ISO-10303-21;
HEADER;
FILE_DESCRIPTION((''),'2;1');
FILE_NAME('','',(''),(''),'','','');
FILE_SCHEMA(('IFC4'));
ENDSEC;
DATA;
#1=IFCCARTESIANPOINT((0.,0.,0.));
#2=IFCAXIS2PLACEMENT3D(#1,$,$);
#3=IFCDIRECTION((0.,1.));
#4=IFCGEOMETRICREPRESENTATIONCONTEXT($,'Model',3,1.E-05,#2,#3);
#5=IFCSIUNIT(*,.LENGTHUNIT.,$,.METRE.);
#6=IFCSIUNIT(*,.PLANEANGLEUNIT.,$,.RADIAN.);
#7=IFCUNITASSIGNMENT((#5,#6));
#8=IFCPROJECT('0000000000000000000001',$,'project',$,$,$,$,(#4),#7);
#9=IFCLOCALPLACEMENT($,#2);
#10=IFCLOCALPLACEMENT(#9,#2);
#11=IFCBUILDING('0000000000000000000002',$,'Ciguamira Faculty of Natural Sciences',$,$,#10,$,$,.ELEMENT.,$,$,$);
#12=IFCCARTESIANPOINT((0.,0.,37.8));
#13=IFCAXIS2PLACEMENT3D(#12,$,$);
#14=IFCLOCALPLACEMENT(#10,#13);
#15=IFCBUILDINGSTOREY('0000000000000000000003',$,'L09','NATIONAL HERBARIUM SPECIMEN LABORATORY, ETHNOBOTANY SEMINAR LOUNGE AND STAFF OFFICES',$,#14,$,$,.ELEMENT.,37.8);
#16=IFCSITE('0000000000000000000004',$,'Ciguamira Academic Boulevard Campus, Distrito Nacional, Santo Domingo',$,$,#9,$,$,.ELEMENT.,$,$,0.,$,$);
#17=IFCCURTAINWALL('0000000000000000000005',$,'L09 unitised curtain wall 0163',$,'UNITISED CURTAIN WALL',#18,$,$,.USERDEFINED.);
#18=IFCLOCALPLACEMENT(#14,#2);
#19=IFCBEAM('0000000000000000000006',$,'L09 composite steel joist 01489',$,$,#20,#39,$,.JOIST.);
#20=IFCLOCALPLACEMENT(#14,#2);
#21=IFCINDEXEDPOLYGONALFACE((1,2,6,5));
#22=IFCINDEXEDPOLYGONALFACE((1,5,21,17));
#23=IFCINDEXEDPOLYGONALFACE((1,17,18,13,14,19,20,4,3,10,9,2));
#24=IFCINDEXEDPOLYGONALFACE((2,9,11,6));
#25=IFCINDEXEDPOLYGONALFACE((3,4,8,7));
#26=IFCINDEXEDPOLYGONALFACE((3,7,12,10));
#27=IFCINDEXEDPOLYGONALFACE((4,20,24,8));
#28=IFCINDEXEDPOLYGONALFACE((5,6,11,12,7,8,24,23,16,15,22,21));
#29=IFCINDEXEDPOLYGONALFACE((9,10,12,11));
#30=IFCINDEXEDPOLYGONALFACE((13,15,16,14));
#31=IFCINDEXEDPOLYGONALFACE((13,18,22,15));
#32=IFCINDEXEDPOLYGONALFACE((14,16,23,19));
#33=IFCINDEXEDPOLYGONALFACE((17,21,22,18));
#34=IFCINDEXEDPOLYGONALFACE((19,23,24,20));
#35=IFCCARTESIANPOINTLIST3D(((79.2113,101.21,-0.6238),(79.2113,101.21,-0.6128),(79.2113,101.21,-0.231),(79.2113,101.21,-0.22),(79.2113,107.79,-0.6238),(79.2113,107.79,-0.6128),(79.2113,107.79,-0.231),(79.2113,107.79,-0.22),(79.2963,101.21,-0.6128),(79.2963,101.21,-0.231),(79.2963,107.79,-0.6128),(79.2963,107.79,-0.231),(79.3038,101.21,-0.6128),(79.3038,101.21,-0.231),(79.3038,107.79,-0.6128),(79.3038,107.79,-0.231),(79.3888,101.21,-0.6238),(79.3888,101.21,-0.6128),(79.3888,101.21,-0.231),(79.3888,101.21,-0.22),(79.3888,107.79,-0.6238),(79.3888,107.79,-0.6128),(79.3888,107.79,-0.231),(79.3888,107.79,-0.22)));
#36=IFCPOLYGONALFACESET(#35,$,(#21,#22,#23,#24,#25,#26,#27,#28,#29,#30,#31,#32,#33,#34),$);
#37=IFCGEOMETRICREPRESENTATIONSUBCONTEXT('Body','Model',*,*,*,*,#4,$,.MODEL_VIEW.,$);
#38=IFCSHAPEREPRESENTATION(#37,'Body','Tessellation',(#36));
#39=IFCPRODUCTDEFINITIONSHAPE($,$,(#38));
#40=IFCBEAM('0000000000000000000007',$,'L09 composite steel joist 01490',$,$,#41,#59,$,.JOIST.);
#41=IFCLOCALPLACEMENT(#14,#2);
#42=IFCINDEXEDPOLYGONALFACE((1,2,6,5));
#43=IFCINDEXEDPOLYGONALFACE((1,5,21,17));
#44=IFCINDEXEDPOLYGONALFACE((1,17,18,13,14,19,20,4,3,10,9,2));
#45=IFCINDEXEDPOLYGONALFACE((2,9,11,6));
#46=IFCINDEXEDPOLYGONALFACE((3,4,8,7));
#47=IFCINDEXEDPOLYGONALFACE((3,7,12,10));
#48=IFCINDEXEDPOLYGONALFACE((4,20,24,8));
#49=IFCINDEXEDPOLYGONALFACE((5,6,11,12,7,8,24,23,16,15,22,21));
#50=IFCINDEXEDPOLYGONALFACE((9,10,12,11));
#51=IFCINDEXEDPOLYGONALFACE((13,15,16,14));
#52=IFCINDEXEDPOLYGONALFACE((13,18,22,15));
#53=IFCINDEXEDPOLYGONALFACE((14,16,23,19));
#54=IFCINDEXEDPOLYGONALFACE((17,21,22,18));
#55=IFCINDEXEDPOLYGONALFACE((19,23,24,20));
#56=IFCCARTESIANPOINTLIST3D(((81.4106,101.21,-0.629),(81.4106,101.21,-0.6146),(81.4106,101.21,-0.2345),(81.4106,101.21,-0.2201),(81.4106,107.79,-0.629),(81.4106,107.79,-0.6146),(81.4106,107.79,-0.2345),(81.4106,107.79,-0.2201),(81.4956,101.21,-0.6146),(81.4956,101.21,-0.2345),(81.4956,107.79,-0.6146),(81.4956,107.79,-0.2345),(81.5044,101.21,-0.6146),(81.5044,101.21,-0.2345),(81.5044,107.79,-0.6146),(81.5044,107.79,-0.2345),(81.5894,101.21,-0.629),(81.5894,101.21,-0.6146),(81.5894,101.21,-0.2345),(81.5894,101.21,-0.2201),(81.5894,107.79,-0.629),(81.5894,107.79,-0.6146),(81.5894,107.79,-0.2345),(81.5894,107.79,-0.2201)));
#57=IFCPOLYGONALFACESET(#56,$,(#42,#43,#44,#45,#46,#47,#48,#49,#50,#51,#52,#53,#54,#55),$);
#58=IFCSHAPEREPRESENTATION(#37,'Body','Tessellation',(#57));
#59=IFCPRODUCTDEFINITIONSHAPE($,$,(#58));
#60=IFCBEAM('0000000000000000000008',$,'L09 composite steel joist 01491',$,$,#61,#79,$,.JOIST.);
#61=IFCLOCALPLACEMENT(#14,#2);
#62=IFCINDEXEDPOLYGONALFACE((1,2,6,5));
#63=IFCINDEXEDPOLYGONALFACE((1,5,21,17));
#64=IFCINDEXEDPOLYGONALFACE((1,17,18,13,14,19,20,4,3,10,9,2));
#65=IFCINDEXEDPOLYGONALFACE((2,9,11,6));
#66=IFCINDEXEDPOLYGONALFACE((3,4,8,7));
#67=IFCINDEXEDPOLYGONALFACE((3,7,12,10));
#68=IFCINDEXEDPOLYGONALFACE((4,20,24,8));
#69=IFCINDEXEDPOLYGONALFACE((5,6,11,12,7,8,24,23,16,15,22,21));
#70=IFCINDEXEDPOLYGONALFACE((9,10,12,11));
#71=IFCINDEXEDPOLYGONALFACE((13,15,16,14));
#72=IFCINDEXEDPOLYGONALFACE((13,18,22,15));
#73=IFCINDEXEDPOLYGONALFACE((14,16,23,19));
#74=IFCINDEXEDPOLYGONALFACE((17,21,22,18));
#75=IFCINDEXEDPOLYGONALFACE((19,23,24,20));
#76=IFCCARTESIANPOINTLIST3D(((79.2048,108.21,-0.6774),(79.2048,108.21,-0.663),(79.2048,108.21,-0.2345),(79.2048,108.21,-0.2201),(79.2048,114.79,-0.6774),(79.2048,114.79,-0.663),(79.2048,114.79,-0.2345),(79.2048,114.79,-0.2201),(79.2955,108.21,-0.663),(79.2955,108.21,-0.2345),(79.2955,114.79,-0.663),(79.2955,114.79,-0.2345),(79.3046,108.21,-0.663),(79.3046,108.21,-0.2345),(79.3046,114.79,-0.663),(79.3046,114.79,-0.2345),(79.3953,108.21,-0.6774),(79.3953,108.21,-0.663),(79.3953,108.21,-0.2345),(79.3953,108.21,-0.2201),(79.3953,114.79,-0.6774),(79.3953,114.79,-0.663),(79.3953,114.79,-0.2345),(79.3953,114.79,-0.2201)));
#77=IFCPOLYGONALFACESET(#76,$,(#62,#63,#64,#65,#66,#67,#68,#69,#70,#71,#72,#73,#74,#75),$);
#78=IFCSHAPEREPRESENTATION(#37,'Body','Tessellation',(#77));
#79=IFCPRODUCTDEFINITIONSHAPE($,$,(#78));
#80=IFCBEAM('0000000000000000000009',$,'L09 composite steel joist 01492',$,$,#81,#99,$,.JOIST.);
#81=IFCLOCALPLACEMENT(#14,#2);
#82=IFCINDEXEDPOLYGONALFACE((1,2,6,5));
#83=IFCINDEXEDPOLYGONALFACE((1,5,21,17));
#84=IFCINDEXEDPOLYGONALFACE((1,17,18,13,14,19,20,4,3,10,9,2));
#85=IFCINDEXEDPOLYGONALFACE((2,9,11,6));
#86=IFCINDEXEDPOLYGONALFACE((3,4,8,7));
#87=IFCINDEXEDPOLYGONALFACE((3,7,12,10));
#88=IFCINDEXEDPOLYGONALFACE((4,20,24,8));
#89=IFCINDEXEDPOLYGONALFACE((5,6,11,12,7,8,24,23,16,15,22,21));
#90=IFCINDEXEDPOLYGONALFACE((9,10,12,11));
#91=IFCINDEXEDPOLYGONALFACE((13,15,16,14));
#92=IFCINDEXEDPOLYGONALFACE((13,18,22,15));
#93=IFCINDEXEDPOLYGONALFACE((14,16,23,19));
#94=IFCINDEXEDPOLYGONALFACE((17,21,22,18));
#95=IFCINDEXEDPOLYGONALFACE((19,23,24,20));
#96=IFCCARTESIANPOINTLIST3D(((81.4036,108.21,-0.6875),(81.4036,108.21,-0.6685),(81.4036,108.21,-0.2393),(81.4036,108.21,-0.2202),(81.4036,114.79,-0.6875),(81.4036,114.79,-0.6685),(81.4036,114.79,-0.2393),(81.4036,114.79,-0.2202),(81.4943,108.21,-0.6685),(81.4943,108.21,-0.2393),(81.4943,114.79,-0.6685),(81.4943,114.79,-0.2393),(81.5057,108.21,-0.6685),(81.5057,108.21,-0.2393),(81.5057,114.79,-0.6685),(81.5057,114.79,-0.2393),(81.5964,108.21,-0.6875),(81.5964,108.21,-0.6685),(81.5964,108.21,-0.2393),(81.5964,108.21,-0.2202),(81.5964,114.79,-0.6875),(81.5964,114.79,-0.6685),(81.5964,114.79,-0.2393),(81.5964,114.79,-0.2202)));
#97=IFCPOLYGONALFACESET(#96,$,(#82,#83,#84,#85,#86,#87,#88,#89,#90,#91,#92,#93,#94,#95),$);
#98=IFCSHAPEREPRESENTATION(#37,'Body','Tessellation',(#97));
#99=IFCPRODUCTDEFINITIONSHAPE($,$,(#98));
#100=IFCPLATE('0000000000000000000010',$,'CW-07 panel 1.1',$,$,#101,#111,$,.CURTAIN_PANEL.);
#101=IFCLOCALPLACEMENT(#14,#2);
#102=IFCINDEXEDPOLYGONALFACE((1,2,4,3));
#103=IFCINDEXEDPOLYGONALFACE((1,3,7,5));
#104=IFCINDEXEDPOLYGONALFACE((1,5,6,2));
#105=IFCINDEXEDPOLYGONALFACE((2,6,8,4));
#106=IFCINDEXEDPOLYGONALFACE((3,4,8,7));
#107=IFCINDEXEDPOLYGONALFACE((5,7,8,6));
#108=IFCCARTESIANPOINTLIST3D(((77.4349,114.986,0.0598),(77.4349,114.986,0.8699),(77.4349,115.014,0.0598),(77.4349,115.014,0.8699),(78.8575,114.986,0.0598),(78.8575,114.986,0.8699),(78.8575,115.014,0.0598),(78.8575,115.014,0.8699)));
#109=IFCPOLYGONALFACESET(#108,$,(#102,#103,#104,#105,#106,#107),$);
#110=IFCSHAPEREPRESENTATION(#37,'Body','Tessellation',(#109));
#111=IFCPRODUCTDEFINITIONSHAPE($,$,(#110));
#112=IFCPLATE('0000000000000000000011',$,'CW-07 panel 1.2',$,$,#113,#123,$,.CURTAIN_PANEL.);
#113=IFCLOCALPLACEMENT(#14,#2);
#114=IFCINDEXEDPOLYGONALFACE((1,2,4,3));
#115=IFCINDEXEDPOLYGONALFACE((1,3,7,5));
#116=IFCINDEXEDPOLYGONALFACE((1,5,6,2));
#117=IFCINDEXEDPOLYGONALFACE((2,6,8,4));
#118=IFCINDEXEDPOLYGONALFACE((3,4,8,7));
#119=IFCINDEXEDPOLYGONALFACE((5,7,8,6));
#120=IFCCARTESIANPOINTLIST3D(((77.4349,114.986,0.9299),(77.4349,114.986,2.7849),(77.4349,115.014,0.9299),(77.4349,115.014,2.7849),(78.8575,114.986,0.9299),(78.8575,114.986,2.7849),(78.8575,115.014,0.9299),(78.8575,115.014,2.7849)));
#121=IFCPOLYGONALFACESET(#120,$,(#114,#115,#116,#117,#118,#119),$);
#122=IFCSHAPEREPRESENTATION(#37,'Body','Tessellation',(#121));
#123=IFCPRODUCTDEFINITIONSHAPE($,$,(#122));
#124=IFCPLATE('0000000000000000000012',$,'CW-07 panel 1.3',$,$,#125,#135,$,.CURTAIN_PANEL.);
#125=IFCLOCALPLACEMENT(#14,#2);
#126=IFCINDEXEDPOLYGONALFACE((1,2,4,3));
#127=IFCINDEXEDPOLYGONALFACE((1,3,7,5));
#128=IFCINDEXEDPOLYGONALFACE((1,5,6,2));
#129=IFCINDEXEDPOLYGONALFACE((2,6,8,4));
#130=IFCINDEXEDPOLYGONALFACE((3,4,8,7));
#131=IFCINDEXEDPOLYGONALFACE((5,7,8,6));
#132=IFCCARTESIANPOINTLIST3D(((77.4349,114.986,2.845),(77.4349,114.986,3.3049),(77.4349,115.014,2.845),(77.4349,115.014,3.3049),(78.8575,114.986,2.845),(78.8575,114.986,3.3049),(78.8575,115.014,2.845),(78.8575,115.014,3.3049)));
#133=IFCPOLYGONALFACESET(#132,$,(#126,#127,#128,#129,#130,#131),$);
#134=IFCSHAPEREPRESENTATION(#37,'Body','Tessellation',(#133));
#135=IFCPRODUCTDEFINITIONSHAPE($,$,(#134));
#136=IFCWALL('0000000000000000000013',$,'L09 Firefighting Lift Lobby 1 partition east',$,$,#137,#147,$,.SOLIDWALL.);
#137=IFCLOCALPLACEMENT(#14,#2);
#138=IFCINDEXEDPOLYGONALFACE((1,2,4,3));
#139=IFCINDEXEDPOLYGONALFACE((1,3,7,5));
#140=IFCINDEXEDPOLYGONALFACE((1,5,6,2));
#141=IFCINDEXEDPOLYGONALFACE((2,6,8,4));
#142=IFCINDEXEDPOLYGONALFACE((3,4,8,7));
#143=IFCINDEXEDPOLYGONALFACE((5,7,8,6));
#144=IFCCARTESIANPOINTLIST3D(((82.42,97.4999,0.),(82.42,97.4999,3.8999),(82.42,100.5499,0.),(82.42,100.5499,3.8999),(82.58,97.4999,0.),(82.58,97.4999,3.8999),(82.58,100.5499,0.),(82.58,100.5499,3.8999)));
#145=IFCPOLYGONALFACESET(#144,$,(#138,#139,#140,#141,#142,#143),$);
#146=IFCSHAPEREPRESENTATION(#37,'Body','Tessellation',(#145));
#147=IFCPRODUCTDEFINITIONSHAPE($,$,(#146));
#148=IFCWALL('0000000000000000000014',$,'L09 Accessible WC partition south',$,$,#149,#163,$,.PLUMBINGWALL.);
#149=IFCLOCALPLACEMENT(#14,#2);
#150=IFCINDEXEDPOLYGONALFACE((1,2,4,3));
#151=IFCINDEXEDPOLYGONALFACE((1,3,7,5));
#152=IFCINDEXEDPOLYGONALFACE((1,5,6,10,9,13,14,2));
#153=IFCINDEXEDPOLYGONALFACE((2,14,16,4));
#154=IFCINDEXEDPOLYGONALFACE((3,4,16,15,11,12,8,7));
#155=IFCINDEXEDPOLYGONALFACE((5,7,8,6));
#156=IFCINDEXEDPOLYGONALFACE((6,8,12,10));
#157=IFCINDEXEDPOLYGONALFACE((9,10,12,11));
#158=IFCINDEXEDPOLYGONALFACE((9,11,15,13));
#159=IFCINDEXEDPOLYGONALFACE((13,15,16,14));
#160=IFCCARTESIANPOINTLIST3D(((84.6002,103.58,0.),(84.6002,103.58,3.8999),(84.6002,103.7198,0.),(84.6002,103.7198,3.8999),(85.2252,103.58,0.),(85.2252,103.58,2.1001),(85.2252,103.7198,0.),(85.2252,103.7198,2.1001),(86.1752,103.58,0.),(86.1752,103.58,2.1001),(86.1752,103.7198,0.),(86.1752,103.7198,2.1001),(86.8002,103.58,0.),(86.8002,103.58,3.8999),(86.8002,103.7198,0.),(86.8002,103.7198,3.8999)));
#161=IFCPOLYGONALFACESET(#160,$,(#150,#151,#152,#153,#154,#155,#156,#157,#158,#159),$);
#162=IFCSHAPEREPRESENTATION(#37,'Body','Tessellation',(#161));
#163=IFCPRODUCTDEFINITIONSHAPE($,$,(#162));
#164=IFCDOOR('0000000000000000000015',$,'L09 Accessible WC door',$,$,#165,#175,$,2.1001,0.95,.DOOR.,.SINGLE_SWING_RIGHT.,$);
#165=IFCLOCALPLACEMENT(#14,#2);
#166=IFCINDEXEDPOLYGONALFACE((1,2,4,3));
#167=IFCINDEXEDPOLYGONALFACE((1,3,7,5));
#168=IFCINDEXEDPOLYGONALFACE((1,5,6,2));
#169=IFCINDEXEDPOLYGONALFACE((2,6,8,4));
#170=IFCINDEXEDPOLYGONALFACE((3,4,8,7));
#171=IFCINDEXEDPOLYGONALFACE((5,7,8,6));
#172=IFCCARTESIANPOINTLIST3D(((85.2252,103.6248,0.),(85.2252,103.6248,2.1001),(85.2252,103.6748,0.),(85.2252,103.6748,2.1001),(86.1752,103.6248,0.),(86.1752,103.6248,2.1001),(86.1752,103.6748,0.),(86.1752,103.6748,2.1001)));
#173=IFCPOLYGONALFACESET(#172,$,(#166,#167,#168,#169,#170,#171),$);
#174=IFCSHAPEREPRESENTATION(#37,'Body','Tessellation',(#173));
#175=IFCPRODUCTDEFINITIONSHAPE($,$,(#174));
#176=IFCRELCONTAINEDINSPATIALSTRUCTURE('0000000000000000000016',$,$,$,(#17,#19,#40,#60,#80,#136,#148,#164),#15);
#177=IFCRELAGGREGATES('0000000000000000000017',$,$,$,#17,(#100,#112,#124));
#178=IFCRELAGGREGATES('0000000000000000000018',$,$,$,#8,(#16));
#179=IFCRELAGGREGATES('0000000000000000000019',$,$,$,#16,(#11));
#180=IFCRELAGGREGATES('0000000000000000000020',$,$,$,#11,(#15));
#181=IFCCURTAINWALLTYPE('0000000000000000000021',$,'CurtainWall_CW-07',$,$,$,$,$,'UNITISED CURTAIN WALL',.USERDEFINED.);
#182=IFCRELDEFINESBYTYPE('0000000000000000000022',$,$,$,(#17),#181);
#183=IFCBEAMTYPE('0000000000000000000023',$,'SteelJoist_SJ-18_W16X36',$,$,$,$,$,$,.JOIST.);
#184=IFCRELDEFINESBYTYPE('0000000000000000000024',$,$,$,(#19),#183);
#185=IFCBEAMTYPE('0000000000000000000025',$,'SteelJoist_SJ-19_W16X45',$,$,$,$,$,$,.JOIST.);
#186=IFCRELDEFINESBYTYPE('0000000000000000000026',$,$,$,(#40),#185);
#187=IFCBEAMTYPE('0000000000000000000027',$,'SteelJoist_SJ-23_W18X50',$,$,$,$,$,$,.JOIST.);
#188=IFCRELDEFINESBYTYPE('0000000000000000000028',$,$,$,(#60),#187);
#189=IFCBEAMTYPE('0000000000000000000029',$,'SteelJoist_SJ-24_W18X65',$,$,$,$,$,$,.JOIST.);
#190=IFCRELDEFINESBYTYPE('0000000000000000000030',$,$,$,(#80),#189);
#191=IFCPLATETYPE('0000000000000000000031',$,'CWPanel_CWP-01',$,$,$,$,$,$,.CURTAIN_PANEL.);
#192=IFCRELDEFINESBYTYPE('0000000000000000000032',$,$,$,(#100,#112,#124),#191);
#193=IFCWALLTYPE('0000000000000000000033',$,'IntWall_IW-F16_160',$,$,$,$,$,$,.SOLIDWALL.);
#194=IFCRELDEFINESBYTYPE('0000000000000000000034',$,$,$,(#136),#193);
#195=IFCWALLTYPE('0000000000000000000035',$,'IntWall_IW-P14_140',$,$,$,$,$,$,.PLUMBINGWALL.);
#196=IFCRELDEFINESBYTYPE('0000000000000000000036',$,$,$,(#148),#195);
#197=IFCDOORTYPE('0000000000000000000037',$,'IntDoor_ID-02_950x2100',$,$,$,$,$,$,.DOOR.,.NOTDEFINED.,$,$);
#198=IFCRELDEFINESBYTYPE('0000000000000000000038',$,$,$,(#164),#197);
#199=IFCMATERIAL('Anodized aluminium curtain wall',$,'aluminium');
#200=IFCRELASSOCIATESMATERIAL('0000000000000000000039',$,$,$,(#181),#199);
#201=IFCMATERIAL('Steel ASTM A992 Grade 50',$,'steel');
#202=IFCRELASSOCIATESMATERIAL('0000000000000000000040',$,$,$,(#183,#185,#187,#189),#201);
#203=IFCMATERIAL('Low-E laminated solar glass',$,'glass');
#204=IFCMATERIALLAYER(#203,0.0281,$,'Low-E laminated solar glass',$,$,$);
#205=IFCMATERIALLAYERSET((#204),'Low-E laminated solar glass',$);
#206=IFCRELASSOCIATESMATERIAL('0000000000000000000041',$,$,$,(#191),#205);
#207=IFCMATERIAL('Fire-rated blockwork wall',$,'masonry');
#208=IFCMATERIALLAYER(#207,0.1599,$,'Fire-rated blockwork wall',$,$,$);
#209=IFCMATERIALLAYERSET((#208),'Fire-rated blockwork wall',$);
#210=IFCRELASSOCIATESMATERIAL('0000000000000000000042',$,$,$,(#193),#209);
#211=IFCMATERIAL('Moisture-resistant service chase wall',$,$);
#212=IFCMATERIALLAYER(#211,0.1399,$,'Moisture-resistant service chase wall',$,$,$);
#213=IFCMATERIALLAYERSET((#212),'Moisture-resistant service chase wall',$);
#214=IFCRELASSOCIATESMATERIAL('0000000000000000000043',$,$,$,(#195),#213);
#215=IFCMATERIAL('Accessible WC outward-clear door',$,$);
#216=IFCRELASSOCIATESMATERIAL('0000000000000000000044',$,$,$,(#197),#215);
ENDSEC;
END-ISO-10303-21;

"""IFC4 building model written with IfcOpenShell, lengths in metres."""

from ifc_helpers import new_model, si_unit, direction, frame, frame_2d, origin, origin_2d, place, context, subcontext, project, spatial, rectangle, i_section, extrude, material, layer, layer_set, material_profile, profile_set, type_object, element, fill, aggregate, save


model = new_model("IFC4")

# Units and contexts
model_context = context("Model", 3, precision=1e-05, world=origin(), true_north=direction((0.0, 1.0)))
body_context = subcontext(model_context, "Body", "Model", "MODEL_VIEW")
ifc_project = project(units=[si_unit("LENGTHUNIT", "METRE"), si_unit("PLANEANGLEUNIT", "RADIAN")], contexts=[model_context])

# Site, building, storey
site_placement = place(None, origin())
site = spatial("IfcSite", under=ifc_project, at=site_placement, Name="Ciguamira Academic Boulevard Campus, Distrito Nacional, Santo Domingo", CompositionType="ELEMENT", RefElevation=0.0)
building_placement = place(site_placement, origin())
building = spatial("IfcBuilding", under=site, at=building_placement, Name="Ciguamira Faculty of Natural Sciences", CompositionType="ELEMENT")
storey_placement = place(building_placement, frame((0.0, 0.0, 37.8)))
storey = spatial("IfcBuildingStorey", under=building, at=storey_placement, Name="L09", Description="NATIONAL HERBARIUM SPECIMEN LABORATORY, ETHNOBOTANY SEMINAR LOUNGE AND STAFF OFFICES", CompositionType="ELEMENT", Elevation=37.8)

# Curtain wall
ifc_material_1 = material(Name="Anodized aluminium curtain wall", Category="aluminium")
curtain_wall_type = type_object("IfcCurtainWallType", Name="CurtainWall_CW-07", ElementType="UNITISED CURTAIN WALL", PredefinedType="USERDEFINED", material=ifc_material_1)
curtain_wall_placement = place(storey_placement, origin())
curtain_wall = element("IfcCurtainWall", 1, at=curtain_wall_placement, inside=storey, type_object=curtain_wall_type, Name="L09 unitised curtain wall 0163", ObjectType="UNITISED CURTAIN WALL", PredefinedType="USERDEFINED")

# Beams
ifc_material_2 = material(Name="Steel ASTM A992 Grade 50", Category="steel")
ifc_material_profile_1 = material_profile(ifc_material_2, i_section(OverallWidth=0.1775, OverallDepth=0.4038, WebThickness=0.0076, FlangeThickness=0.011, at=origin_2d()), Name="W16X36")
ifc_profile_set_1 = profile_set([ifc_material_profile_1], Name="Steel ASTM A992 Grade 50")
beam_type_1 = type_object("IfcBeamType", Name="SteelJoist_SJ-18_W16X36", PredefinedType="JOIST", material=ifc_profile_set_1)
beam_1_placement = place(storey_placement, frame((79.3, 101.21, -0.4219), z_axis=(0.0, 1.0, 0.0), x_axis=(-1.0, 0.0, 0.0)))
element("IfcBeam", 2, at=beam_1_placement, inside=storey, type_object=beam_type_1, Name="L09 composite steel joist 01489", PredefinedType="JOIST", context=body_context, shape_type="SweptSolid", body=[
    extrude(i_section(OverallWidth=0.1775, OverallDepth=0.4038, WebThickness=0.0076, FlangeThickness=0.011, at=origin_2d()), origin(), (0.0, 0.0, 1.0), 6.5801),
])
ifc_material_profile_2 = material_profile(ifc_material_2, i_section(OverallWidth=0.1787, OverallDepth=0.4089, WebThickness=0.0088, FlangeThickness=0.0144, at=origin_2d()), Name="W16X45")
ifc_profile_set_2 = profile_set([ifc_material_profile_2], Name="Steel ASTM A992 Grade 50")
beam_type_2 = type_object("IfcBeamType", Name="SteelJoist_SJ-19_W16X45", PredefinedType="JOIST", material=ifc_profile_set_2)
beam_2_placement = place(storey_placement, frame((81.5, 101.21, -0.4246), z_axis=(0.0, 1.0, 0.0), x_axis=(-1.0, 0.0, 0.0)))
element("IfcBeam", 3, at=beam_2_placement, inside=storey, type_object=beam_type_2, Name="L09 composite steel joist 01490", PredefinedType="JOIST", context=body_context, shape_type="SweptSolid", body=[
    extrude(i_section(OverallWidth=0.1787, OverallDepth=0.4089, WebThickness=0.0088, FlangeThickness=0.0144, at=origin_2d()), origin(), (0.0, 0.0, 1.0), 6.5801),
])
ifc_material_profile_3 = material_profile(ifc_material_2, i_section(OverallWidth=0.1904, OverallDepth=0.4573, WebThickness=0.009, FlangeThickness=0.0144, at=origin_2d()), Name="W18X50")
ifc_profile_set_3 = profile_set([ifc_material_profile_3], Name="Steel ASTM A992 Grade 50")
beam_type_3 = type_object("IfcBeamType", Name="SteelJoist_SJ-23_W18X50", PredefinedType="JOIST", material=ifc_profile_set_3)
beam_3_placement = place(storey_placement, frame((79.3, 108.21, -0.4487), z_axis=(0.0, 1.0, 0.0), x_axis=(-1.0, 0.0, 0.0)))
element("IfcBeam", 4, at=beam_3_placement, inside=storey, type_object=beam_type_3, Name="L09 composite steel joist 01491", PredefinedType="JOIST", context=body_context, shape_type="SweptSolid", body=[
    extrude(i_section(OverallWidth=0.1904, OverallDepth=0.4573, WebThickness=0.009, FlangeThickness=0.0144, at=origin_2d()), origin(), (0.0, 0.0, 1.0), 6.5801),
])
ifc_material_profile_4 = material_profile(ifc_material_2, i_section(OverallWidth=0.1929, OverallDepth=0.4673, WebThickness=0.0115, FlangeThickness=0.019, at=origin_2d()), Name="W18X65")
ifc_profile_set_4 = profile_set([ifc_material_profile_4], Name="Steel ASTM A992 Grade 50")
beam_type_4 = type_object("IfcBeamType", Name="SteelJoist_SJ-24_W18X65", PredefinedType="JOIST", material=ifc_profile_set_4)
beam_4_placement = place(storey_placement, frame((81.5, 108.21, -0.4539), z_axis=(0.0, 1.0, 0.0), x_axis=(-1.0, 0.0, 0.0)))
element("IfcBeam", 5, at=beam_4_placement, inside=storey, type_object=beam_type_4, Name="L09 composite steel joist 01492", PredefinedType="JOIST", context=body_context, shape_type="SweptSolid", body=[
    extrude(i_section(OverallWidth=0.1929, OverallDepth=0.4673, WebThickness=0.0115, FlangeThickness=0.019, at=origin_2d()), origin(), (0.0, 0.0, 1.0), 6.5801),
])

# Plates
ifc_material_3 = material(Name="Low-E laminated solar glass", Category="glass")
ifc_layer_1 = layer(ifc_material_3, 0.0281, Name="Low-E laminated solar glass")
ifc_layer_set_1 = layer_set([ifc_layer_1], Name="Low-E laminated solar glass")
plate_type = type_object("IfcPlateType", Name="CWPanel_CWP-01", PredefinedType="CURTAIN_PANEL", material=ifc_layer_set_1)
plate_1_placement = place(storey_placement, frame((78.1462, 115.0, 0.0598), z_axis=(0.0, 0.0, 1.0), x_axis=(1.0, 0.0, 0.0)))
plate_1 = element("IfcPlate", 6, at=plate_1_placement, type_object=plate_type, Name="CW-07 panel 1.1", PredefinedType="CURTAIN_PANEL", context=body_context, shape_type="SweptSolid", body=[
    extrude(rectangle(XDim=1.4226, YDim=0.0281, at=origin_2d()), origin(), (0.0, 0.0, 1.0), 0.8101),
])
plate_2_placement = place(storey_placement, frame((78.1462, 115.0, 0.9299), z_axis=(0.0, 0.0, 1.0), x_axis=(1.0, 0.0, 0.0)))
plate_2 = element("IfcPlate", 7, at=plate_2_placement, type_object=plate_type, Name="CW-07 panel 1.2", PredefinedType="CURTAIN_PANEL", context=body_context, shape_type="SweptSolid", body=[
    extrude(rectangle(XDim=1.4226, YDim=0.0281, at=origin_2d()), origin(), (0.0, 0.0, 1.0), 1.855),
])
plate_3_placement = place(storey_placement, frame((78.1462, 115.0, 2.845), z_axis=(0.0, 0.0, 1.0), x_axis=(1.0, 0.0, 0.0)))
plate_3 = element("IfcPlate", 8, at=plate_3_placement, type_object=plate_type, Name="CW-07 panel 1.3", PredefinedType="CURTAIN_PANEL", context=body_context, shape_type="SweptSolid", body=[
    extrude(rectangle(XDim=1.4226, YDim=0.0281, at=origin_2d()), origin(), (0.0, 0.0, 1.0), 0.46),
])
aggregate(curtain_wall, [plate_1, plate_2, plate_3])

# Wall
ifc_material_4 = material(Name="Fire-rated blockwork wall", Category="masonry")
ifc_layer_2 = layer(ifc_material_4, 0.1599, Name="Fire-rated blockwork wall")
ifc_layer_set_2 = layer_set([ifc_layer_2], Name="Fire-rated blockwork wall")
wall_type_1 = type_object("IfcWallType", Name="IntWall_IW-F16_160", PredefinedType="SOLIDWALL", material=ifc_layer_set_2)
wall_1_placement = place(storey_placement, frame((82.5, 97.5, 0.0), z_axis=(0.0, 0.0, 1.0), x_axis=(0.0, 1.0, 0.0)))
element("IfcWall", 9, at=wall_1_placement, inside=storey, type_object=wall_type_1, Name="L09 Firefighting Lift Lobby 1 partition east", PredefinedType="SOLIDWALL", context=body_context, shape_type="SweptSolid", body=[
    extrude(rectangle(XDim=3.05, YDim=0.1599, at=frame_2d((1.5249, 0.0))), origin(), (0.0, 0.0, 1.0), 3.8999),
])

# Wall, opening, door
ifc_material_5 = material(Name="Moisture-resistant service chase wall")
ifc_layer_3 = layer(ifc_material_5, 0.1399, Name="Moisture-resistant service chase wall")
ifc_layer_set_3 = layer_set([ifc_layer_3], Name="Moisture-resistant service chase wall")
wall_type_2 = type_object("IfcWallType", Name="IntWall_IW-P14_140", PredefinedType="PLUMBINGWALL", material=ifc_layer_set_3)
wall_2_placement = place(storey_placement, frame((84.6001, 103.6499, 0.0), z_axis=(0.0, 0.0, 1.0), x_axis=(1.0, 0.0, 0.0)))
wall_2 = element("IfcWall", 10, at=wall_2_placement, inside=storey, type_object=wall_type_2, Name="L09 Accessible WC partition south", PredefinedType="PLUMBINGWALL", context=body_context, shape_type="SweptSolid", body=[
    extrude(rectangle(XDim=2.2, YDim=0.1399, at=frame_2d((1.1001, 0.0))), origin(), (0.0, 0.0, 1.0), 3.8999),
])
opening_placement = place(wall_2_placement, frame((0.625, 0.0, 0.0)))
opening = element("IfcOpeningElement", 11, at=opening_placement, cuts=wall_2, PredefinedType="OPENING", context=body_context, shape_type="SweptSolid", body=[
    extrude(rectangle(XDim=0.95, YDim=2.1001, at=frame_2d((0.4751, 1.05))), frame((0.0, 0.0798, 0.0), z_axis=(0.0, -1.0, 0.0), x_axis=(1.0, 0.0, 0.0)), (0.0, 0.0, 1.0), 0.1599),
])
ifc_material_6 = material(Name="Accessible WC outward-clear door")
door_type = type_object("IfcDoorType", Name="IntDoor_ID-02_950x2100", OperationType="NOTDEFINED", PredefinedType="DOOR", material=ifc_material_6)
door_placement = place(opening_placement, origin())
door = element("IfcDoor", 12, at=door_placement, inside=storey, type_object=door_type, Name="L09 Accessible WC door", OperationType="SINGLE_SWING_RIGHT", OverallHeight=2.1001, OverallWidth=0.95, PredefinedType="DOOR", context=body_context, shape_type="SweptSolid", body=[
    extrude(rectangle(XDim=0.95, YDim=2.1001, at=frame_2d((0.4751, 1.05))), frame((0.0, 0.0249, 0.0), z_axis=(0.0, -1.0, 0.0), x_axis=(1.0, 0.0, 0.0)), (0.0, 0.0, 1.0), 0.05),
])
fill(opening, door)

save(model, "model.ifc")
